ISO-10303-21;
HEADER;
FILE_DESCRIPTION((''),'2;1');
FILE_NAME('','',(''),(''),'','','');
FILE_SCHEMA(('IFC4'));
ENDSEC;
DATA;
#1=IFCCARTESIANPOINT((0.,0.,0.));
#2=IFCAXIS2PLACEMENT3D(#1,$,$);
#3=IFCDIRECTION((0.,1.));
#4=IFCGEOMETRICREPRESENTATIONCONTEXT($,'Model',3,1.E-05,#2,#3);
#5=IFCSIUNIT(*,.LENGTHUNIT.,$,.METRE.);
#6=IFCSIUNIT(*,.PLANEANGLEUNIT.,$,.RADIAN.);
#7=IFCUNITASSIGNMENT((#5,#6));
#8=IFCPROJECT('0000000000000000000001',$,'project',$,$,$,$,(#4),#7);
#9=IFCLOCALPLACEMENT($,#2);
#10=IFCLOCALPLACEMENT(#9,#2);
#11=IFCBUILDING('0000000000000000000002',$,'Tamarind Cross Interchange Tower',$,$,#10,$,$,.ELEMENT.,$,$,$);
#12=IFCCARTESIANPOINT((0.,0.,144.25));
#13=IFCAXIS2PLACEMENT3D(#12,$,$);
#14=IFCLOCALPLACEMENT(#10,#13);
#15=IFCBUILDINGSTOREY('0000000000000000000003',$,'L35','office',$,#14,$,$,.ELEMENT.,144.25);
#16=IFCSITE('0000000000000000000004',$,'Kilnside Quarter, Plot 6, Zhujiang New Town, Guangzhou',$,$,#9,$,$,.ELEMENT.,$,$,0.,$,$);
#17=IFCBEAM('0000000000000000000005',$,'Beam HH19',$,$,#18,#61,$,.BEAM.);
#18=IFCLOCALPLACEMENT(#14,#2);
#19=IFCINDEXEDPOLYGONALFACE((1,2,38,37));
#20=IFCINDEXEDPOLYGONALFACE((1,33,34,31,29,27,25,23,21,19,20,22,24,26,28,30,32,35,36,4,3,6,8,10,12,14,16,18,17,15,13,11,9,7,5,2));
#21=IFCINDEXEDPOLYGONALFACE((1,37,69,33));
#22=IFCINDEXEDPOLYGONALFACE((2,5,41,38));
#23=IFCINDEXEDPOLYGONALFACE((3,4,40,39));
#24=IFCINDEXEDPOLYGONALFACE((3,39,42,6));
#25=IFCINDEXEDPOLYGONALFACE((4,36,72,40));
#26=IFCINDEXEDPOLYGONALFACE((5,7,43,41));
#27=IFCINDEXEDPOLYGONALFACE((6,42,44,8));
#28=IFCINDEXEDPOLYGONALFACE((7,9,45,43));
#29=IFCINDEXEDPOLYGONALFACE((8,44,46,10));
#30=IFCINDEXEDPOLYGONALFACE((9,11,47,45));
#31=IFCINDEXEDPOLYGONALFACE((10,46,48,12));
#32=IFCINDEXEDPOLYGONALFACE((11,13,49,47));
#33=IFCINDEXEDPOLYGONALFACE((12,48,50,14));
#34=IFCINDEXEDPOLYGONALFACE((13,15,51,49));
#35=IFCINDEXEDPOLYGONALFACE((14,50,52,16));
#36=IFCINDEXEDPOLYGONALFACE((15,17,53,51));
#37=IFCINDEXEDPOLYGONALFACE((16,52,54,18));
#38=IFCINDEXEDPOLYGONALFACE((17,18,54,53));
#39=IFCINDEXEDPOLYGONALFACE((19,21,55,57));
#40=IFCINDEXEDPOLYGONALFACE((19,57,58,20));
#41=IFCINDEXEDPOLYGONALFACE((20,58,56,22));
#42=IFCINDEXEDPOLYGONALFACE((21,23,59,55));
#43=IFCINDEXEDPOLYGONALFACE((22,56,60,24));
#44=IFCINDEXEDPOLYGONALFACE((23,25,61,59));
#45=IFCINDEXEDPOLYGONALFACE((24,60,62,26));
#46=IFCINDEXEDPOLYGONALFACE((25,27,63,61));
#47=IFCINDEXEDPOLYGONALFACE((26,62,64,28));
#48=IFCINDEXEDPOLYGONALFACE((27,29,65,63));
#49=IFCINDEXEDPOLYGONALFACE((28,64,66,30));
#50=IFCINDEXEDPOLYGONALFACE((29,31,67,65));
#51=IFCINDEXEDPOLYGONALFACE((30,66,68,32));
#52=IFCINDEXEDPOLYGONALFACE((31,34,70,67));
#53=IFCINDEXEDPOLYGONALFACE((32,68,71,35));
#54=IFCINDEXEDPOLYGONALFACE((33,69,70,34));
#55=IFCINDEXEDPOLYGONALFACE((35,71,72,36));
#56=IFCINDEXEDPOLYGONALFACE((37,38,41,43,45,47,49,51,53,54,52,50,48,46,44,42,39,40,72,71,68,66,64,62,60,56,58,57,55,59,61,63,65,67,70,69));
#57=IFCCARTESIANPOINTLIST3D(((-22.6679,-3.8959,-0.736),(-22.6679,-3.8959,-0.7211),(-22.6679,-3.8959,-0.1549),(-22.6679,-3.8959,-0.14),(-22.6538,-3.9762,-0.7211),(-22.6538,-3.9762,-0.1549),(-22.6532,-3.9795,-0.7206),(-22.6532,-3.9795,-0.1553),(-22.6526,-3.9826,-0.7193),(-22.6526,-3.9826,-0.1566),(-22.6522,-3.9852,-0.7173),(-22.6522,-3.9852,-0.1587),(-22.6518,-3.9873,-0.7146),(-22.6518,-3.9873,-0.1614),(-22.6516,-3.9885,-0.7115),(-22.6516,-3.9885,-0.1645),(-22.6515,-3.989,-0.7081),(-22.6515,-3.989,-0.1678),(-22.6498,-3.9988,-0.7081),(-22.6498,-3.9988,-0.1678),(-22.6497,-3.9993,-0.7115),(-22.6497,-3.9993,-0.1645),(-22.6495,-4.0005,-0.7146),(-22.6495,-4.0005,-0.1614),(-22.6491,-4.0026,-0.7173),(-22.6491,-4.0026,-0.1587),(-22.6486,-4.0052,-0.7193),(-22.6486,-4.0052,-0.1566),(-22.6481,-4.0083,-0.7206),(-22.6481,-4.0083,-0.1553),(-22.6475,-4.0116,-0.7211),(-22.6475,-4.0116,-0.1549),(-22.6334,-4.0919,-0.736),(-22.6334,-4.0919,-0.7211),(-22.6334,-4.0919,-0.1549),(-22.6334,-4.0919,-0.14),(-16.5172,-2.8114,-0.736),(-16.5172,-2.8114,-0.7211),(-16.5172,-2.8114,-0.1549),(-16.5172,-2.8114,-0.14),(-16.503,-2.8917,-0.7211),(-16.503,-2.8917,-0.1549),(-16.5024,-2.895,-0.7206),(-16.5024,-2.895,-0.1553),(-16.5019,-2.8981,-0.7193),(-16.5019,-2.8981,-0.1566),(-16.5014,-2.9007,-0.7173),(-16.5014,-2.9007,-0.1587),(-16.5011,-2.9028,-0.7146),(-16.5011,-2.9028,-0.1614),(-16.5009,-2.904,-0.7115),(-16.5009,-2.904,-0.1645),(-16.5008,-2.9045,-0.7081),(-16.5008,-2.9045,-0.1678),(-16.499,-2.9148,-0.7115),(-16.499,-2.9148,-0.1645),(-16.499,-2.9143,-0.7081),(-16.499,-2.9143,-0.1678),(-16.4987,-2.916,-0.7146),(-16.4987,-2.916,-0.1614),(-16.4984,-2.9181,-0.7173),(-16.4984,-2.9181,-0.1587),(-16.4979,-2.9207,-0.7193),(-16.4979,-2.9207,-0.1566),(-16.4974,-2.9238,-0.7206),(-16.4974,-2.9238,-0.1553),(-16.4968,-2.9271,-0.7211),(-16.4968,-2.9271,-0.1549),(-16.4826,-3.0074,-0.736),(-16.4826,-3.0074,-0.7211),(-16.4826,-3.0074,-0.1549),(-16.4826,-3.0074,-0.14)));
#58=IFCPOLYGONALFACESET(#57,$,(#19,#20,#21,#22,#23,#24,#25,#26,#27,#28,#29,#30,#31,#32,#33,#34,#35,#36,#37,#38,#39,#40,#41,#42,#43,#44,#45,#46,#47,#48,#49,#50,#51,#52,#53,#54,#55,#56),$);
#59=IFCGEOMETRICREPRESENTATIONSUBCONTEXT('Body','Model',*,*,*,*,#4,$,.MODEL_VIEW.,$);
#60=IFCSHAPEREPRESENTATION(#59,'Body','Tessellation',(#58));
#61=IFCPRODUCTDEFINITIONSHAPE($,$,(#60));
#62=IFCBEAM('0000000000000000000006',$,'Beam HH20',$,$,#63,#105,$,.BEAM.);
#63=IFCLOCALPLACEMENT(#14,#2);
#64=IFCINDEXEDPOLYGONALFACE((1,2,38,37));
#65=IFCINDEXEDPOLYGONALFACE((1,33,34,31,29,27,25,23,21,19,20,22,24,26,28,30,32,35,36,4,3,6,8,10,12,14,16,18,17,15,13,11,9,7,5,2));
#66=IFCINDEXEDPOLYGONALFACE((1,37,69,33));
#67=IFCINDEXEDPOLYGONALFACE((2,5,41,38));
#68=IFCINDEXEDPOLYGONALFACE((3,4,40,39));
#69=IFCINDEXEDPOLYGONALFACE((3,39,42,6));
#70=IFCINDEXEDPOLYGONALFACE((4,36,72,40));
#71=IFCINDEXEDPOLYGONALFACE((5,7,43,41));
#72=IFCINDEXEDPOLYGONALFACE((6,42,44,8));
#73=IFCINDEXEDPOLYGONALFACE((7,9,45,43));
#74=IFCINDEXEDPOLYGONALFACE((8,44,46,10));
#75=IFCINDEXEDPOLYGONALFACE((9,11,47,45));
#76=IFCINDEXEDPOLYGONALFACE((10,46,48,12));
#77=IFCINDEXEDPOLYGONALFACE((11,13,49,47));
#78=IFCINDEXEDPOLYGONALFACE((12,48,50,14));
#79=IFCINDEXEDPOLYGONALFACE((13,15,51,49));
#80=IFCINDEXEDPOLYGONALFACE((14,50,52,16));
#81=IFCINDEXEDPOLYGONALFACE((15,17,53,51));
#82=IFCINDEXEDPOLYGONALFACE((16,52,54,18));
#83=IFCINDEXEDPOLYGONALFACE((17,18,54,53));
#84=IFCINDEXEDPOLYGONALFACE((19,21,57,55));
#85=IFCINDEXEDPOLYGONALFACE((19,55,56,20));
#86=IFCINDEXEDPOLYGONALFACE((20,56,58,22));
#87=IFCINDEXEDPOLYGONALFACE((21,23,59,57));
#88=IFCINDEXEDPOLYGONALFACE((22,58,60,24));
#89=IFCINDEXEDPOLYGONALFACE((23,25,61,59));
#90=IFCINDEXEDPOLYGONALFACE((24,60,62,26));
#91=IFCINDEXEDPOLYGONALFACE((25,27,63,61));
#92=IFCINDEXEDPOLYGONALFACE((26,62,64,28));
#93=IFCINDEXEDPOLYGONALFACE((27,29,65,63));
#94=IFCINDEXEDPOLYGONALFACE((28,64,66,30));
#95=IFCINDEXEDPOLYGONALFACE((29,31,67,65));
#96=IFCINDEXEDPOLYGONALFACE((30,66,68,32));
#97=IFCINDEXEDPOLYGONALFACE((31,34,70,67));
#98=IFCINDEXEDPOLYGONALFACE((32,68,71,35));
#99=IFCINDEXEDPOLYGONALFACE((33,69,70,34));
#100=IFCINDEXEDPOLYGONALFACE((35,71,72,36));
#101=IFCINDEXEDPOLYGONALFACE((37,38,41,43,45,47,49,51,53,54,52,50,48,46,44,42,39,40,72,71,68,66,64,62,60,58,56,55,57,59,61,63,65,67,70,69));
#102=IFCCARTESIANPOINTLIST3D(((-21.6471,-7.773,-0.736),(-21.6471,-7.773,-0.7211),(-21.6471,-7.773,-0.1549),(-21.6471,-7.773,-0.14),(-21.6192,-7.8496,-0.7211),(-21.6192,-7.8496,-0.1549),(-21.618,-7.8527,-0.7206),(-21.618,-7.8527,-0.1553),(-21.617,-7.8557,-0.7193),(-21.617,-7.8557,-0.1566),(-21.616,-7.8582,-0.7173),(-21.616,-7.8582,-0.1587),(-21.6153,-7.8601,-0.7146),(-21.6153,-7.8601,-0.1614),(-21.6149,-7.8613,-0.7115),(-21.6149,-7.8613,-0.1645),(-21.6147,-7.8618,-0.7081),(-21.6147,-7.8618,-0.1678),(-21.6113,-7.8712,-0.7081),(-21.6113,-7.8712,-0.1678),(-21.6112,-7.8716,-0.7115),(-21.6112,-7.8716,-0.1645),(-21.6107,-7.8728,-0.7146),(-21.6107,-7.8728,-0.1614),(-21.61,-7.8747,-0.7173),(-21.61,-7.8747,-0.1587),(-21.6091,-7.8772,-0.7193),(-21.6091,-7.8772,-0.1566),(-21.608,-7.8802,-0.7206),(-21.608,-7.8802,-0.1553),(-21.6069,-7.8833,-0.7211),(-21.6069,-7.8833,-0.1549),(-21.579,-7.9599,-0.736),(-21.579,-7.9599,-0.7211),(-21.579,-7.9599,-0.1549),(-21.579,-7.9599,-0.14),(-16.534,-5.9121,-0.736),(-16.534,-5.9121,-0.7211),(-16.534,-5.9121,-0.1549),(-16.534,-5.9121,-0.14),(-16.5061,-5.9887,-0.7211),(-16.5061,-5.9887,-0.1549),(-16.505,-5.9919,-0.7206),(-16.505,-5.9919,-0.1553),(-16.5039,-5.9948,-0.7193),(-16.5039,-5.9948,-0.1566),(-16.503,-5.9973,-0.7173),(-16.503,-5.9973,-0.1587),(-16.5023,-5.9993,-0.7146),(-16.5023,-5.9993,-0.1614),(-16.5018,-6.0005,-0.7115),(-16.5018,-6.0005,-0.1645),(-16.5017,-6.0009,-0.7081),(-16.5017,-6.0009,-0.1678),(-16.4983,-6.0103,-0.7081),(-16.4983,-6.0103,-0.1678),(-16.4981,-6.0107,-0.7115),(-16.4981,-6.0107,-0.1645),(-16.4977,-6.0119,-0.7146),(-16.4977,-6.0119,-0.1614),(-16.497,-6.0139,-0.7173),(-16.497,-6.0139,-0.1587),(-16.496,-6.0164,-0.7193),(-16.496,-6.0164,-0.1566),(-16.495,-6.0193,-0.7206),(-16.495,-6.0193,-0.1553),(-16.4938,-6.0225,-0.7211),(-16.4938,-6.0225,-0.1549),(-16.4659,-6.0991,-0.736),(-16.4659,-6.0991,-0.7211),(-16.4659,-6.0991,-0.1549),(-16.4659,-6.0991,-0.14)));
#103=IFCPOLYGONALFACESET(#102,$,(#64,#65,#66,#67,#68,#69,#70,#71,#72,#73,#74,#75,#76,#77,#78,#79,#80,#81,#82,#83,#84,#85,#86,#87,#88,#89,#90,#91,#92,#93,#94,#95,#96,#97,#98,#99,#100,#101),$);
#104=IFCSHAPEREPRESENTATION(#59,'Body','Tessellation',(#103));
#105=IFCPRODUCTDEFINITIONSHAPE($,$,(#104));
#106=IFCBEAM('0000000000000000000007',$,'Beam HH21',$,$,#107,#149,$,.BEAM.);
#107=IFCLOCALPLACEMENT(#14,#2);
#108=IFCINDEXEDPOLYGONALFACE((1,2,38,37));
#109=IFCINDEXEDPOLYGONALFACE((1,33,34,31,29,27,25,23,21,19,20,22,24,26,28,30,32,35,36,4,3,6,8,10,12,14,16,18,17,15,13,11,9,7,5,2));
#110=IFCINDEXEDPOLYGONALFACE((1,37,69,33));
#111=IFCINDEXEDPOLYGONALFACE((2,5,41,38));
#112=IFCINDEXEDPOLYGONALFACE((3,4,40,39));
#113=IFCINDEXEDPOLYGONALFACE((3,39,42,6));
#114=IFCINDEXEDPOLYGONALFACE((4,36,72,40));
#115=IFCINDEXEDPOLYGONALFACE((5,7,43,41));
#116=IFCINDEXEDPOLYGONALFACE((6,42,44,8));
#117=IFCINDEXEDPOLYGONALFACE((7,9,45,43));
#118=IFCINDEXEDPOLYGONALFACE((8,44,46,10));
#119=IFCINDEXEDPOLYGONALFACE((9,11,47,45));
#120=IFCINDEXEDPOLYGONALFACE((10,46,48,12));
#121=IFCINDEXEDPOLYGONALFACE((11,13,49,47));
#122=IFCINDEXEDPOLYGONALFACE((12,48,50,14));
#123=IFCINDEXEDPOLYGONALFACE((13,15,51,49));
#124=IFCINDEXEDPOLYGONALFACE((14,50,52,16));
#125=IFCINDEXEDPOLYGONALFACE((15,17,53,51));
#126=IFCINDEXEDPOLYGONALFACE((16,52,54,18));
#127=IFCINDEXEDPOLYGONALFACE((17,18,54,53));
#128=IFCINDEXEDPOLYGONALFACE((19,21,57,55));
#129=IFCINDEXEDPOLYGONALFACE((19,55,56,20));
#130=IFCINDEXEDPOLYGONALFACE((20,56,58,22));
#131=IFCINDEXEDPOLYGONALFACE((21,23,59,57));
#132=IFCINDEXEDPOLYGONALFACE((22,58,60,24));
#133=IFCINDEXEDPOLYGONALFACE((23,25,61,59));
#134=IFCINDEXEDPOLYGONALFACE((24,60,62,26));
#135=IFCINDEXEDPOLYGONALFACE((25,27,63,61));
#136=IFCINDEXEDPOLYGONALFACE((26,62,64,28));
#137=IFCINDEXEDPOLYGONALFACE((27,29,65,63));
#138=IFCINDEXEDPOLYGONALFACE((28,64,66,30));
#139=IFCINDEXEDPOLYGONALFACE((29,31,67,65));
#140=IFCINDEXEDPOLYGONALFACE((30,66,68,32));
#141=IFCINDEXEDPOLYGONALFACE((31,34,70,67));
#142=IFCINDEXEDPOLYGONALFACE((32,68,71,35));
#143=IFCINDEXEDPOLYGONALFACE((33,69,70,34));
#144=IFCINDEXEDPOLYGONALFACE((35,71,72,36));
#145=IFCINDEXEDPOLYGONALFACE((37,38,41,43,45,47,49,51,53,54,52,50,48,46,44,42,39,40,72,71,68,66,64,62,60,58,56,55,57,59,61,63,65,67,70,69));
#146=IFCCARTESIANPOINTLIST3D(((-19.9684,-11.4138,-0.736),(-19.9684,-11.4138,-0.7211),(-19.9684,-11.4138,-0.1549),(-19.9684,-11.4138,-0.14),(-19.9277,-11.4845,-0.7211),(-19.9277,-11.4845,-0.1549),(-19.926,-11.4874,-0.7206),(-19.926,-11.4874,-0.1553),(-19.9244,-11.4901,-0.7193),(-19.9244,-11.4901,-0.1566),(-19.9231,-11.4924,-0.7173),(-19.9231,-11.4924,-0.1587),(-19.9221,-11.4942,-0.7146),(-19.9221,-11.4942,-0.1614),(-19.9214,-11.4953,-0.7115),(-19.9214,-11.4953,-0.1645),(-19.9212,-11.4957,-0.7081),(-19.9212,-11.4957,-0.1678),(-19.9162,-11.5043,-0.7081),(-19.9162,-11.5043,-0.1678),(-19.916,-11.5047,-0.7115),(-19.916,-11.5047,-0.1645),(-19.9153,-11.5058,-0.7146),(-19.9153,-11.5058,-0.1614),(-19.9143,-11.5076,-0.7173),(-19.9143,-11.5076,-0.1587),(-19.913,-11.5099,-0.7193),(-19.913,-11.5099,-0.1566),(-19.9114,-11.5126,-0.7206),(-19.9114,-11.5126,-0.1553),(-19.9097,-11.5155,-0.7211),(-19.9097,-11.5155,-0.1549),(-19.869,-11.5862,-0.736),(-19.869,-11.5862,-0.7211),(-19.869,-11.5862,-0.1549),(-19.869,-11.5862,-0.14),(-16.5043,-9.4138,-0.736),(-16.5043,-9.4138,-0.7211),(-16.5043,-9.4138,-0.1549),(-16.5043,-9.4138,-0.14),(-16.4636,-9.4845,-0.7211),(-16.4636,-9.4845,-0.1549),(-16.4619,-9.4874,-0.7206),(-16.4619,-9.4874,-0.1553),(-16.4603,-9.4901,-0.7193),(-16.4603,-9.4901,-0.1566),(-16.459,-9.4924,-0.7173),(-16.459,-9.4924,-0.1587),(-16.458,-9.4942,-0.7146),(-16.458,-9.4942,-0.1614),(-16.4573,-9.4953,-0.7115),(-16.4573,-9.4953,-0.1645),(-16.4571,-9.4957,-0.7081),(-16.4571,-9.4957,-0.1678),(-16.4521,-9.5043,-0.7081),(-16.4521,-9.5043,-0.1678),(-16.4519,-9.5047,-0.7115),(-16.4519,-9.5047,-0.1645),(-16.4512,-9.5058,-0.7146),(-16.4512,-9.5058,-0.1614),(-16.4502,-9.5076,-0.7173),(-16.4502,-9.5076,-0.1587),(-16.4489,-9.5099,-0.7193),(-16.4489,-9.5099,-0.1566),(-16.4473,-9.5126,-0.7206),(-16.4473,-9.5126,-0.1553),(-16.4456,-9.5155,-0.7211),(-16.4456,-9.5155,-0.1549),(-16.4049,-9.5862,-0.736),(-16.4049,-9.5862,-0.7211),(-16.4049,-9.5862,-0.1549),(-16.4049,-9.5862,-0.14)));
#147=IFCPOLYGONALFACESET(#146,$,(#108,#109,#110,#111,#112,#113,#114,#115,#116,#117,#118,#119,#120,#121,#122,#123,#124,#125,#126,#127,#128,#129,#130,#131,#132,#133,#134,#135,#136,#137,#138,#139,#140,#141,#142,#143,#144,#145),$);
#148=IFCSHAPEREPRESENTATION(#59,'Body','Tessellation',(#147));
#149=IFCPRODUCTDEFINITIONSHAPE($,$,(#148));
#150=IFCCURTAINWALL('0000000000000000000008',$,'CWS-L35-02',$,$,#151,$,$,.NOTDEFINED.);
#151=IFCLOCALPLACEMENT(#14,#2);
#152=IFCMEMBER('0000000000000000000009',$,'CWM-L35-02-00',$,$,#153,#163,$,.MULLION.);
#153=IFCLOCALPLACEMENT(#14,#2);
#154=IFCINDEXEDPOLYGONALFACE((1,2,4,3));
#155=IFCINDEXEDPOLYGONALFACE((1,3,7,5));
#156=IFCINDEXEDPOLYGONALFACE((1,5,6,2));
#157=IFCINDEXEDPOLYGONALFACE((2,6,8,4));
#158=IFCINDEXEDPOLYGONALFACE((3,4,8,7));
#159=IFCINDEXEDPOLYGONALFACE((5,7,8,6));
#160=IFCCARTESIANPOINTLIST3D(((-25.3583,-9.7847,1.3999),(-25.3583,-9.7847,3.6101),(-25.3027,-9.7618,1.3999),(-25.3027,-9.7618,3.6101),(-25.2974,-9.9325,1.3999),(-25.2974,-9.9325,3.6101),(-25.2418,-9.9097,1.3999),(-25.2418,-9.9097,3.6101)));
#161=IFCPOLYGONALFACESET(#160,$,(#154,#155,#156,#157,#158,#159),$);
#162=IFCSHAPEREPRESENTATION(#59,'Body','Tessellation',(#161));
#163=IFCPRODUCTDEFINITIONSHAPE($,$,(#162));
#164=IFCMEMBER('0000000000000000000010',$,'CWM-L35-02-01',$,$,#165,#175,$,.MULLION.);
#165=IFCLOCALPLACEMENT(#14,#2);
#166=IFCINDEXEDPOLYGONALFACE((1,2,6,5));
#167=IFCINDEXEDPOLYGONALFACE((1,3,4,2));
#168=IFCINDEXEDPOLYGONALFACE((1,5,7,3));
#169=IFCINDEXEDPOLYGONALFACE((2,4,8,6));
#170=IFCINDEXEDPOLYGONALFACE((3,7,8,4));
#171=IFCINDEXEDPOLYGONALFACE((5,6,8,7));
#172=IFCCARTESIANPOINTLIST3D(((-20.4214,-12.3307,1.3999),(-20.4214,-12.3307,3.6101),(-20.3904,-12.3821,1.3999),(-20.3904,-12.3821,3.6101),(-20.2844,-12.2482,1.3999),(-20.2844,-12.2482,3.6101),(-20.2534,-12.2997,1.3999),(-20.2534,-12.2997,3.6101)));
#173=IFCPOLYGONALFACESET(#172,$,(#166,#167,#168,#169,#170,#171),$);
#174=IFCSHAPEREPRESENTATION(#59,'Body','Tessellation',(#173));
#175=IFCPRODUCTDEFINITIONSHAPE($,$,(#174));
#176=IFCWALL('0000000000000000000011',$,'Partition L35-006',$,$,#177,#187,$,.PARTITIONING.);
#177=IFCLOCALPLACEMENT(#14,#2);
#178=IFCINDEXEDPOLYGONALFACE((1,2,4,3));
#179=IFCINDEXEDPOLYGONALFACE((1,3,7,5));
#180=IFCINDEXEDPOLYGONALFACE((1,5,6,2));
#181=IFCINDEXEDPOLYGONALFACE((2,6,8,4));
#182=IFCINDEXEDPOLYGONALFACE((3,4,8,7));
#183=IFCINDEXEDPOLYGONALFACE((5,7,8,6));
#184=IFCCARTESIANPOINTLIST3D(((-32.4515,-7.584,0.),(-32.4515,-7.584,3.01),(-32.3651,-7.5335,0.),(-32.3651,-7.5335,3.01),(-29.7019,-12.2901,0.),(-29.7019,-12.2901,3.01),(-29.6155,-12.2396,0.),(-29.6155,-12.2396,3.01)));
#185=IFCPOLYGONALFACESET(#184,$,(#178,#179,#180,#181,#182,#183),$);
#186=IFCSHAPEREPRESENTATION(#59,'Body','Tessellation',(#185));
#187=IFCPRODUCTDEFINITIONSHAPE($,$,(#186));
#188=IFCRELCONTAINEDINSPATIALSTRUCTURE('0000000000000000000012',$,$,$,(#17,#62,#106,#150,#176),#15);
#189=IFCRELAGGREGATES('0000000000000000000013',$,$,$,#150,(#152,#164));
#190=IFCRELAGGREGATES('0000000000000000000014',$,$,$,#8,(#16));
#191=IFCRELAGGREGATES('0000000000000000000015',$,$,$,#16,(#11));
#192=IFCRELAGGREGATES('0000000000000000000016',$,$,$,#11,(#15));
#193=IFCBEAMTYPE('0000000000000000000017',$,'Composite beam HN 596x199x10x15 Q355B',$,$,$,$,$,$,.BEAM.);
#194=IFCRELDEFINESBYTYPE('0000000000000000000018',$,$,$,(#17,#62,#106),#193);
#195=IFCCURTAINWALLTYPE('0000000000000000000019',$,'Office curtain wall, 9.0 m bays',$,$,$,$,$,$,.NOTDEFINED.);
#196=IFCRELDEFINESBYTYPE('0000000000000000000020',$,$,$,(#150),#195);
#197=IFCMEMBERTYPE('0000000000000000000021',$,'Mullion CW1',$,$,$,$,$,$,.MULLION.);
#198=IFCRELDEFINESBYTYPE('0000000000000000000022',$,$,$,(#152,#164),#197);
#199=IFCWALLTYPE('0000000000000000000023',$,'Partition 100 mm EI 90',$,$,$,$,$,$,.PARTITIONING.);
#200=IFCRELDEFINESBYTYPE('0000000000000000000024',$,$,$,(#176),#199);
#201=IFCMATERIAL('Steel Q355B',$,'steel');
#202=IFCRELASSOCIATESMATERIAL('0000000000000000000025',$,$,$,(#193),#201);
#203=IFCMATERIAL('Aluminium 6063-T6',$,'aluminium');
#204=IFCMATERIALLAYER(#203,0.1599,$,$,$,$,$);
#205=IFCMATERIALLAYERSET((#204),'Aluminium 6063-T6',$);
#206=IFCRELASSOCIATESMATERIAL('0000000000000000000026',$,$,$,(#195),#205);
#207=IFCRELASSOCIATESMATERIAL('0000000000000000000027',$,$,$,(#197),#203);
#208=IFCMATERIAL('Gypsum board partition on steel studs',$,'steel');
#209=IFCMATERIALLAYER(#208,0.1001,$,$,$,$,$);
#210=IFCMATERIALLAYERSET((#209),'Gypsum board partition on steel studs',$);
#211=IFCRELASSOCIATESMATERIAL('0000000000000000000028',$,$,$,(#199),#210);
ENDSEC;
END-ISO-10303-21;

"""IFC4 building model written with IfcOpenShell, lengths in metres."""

from ifc_helpers import new_model, si_unit, direction, frame, frame_2d, origin, origin_2d, place, context, subcontext, project, spatial, rectangle, i_section, extrude, material, layer, layer_set, material_profile, profile_set, type_object, element, aggregate, save


model = new_model("IFC4")

# Units and contexts
model_context = context("Model", 3, precision=1e-05, world=origin(), true_north=direction((0.0, 1.0)))
body_context = subcontext(model_context, "Body", "Model", "MODEL_VIEW")
ifc_project = project(units=[si_unit("LENGTHUNIT", "METRE"), si_unit("PLANEANGLEUNIT", "RADIAN")], contexts=[model_context])

# Site, building, storey
site_placement = place(None, origin())
site = spatial("IfcSite", under=ifc_project, at=site_placement, Name="Kilnside Quarter, Plot 6, Zhujiang New Town, Guangzhou", CompositionType="ELEMENT", RefElevation=0.0)
building_placement = place(site_placement, origin())
building = spatial("IfcBuilding", under=site, at=building_placement, Name="Tamarind Cross Interchange Tower", CompositionType="ELEMENT")
storey_placement = place(building_placement, frame((0.0, 0.0, 144.25)))
storey = spatial("IfcBuildingStorey", under=building, at=storey_placement, Name="L35", Description="office", CompositionType="ELEMENT", Elevation=144.25)

# Beams
ifc_material_1 = material(Name="Steel Q355B", Category="steel")
ifc_material_profile_1 = material_profile(ifc_material_1, i_section(OverallWidth=0.199, OverallDepth=0.5959, WebThickness=0.01, FlangeThickness=0.0149, FilletRadius=0.0129, at=origin_2d()), Name="HN 596x199x10x15")
ifc_profile_set_1 = profile_set([ifc_material_profile_1], Name="Steel Q355B")
beam_type_1 = type_object("IfcBeamType", Name="Composite beam HN 596x199x10x15 Q355B", PredefinedType="BEAM", material=ifc_profile_set_1)
beam_1_placement = place(storey_placement, frame((-22.6506, -3.9939, -0.438), z_axis=(0.984809, 0.17364, 0.0), x_axis=(-0.17364, 0.984809, 0.0)))
element("IfcBeam", 1, at=beam_1_placement, inside=storey, type_object=beam_type_1, Name="Beam HH19", PredefinedType="BEAM", context=body_context, shape_type="SweptSolid", body=[
    extrude(i_section(OverallWidth=0.199, OverallDepth=0.5959, WebThickness=0.01, FlangeThickness=0.0149, FilletRadius=0.0129, at=origin_2d()), origin(), (0.0, 0.0, 1.0), 6.2456),
])
beam_2_placement = place(storey_placement, frame((-21.613, -7.8665, -0.438), z_axis=(0.939702, 0.341995, 0.0), x_axis=(-0.341995, 0.939702, 0.0)))
element("IfcBeam", 2, at=beam_2_placement, inside=storey, type_object=beam_type_1, Name="Beam HH20", PredefinedType="BEAM", context=body_context, shape_type="SweptSolid", body=[
    extrude(i_section(OverallWidth=0.199, OverallDepth=0.5959, WebThickness=0.01, FlangeThickness=0.0149, FilletRadius=0.0129, at=origin_2d()), origin(), (0.0, 0.0, 1.0), 5.4412),
])
beam_3_placement = place(storey_placement, frame((-19.9187, -11.5, -0.438), z_axis=(0.866026, 0.499999, 0.0), x_axis=(-0.499999, 0.866026, 0.0)))
element("IfcBeam", 3, at=beam_3_placement, inside=storey, type_object=beam_type_1, Name="Beam HH21", PredefinedType="BEAM", context=body_context, shape_type="SweptSolid", body=[
    extrude(i_section(OverallWidth=0.199, OverallDepth=0.5959, WebThickness=0.01, FlangeThickness=0.0149, FilletRadius=0.0129, at=origin_2d()), origin(), (0.0, 0.0, 1.0), 4.0),
])

# Curtain wall, members
ifc_material_2 = material(Name="Aluminium 6063-T6", Category="aluminium")
ifc_layer_1 = layer(ifc_material_2, 0.1599)
ifc_layer_set_1 = layer_set([ifc_layer_1], Name="Aluminium 6063-T6")
curtain_wall_type = type_object("IfcCurtainWallType", Name="Office curtain wall, 9.0 m bays", PredefinedType="NOTDEFINED", material=ifc_layer_set_1)
curtain_wall_placement = place(storey_placement, origin())
curtain_wall = element("IfcCurtainWall", 4, at=curtain_wall_placement, inside=storey, type_object=curtain_wall_type, Name="CWS-L35-02", PredefinedType="NOTDEFINED")
ifc_material_profile_2 = material_profile(ifc_material_2, rectangle(XDim=0.0601, YDim=0.1599, at=origin_2d()), Name="Mullion CW1")
ifc_profile_set_2 = profile_set([ifc_material_profile_2], Name="Aluminium 6063-T6")
member_type = type_object("IfcMemberType", Name="Mullion CW1", PredefinedType="MULLION", material=ifc_profile_set_2)
member_1_placement = place(storey_placement, frame((-25.3, -9.8472, 1.3999), z_axis=(0.0, 0.0, 1.0), x_axis=(0.924643, 0.380835, 0.0)))
member_1 = element("IfcMember", 5, at=member_1_placement, type_object=member_type, Name="CWM-L35-02-00", PredefinedType="MULLION", context=body_context, shape_type="SweptSolid", body=[
    extrude(rectangle(XDim=0.0601, YDim=0.1599, at=origin_2d()), origin(), (0.0, 0.0, 1.0), 2.2102),
])
member_2_placement = place(storey_placement, frame((-20.3374, -12.3152, 1.3999), z_axis=(0.0, 0.0, 1.0), x_axis=(0.515602, -0.856828, 0.0)))
member_2 = element("IfcMember", 6, at=member_2_placement, type_object=member_type, Name="CWM-L35-02-01", PredefinedType="MULLION", context=body_context, shape_type="SweptSolid", body=[
    extrude(rectangle(XDim=0.0601, YDim=0.1599, at=origin_2d()), origin(), (0.0, 0.0, 1.0), 2.2102),
])
aggregate(curtain_wall, [member_1, member_2])

# Wall
ifc_material_3 = material(Name="Gypsum board partition on steel studs", Category="steel")
ifc_layer_2 = layer(ifc_material_3, 0.1001)
ifc_layer_set_2 = layer_set([ifc_layer_2], Name="Gypsum board partition on steel studs")
wall_type_1 = type_object("IfcWallType", Name="Partition 100 mm EI 90", PredefinedType="PARTITIONING", material=ifc_layer_set_2)
wall_1_placement = place(storey_placement, frame((-32.4082, -7.5588, 0.0), z_axis=(0.0, 0.0, 1.0), x_axis=(0.504461, -0.863434, 0.0)))
element("IfcWall", 7, at=wall_1_placement, inside=storey, type_object=wall_type_1, Name="Partition L35-006", PredefinedType="PARTITIONING", context=body_context, shape_type="SweptSolid", body=[
    extrude(rectangle(XDim=5.4504, YDim=0.1001, at=frame_2d((2.7251, 0.0))), origin(), (0.0, 0.0, 1.0), 3.01),
])

save(model, "model.ifc")
